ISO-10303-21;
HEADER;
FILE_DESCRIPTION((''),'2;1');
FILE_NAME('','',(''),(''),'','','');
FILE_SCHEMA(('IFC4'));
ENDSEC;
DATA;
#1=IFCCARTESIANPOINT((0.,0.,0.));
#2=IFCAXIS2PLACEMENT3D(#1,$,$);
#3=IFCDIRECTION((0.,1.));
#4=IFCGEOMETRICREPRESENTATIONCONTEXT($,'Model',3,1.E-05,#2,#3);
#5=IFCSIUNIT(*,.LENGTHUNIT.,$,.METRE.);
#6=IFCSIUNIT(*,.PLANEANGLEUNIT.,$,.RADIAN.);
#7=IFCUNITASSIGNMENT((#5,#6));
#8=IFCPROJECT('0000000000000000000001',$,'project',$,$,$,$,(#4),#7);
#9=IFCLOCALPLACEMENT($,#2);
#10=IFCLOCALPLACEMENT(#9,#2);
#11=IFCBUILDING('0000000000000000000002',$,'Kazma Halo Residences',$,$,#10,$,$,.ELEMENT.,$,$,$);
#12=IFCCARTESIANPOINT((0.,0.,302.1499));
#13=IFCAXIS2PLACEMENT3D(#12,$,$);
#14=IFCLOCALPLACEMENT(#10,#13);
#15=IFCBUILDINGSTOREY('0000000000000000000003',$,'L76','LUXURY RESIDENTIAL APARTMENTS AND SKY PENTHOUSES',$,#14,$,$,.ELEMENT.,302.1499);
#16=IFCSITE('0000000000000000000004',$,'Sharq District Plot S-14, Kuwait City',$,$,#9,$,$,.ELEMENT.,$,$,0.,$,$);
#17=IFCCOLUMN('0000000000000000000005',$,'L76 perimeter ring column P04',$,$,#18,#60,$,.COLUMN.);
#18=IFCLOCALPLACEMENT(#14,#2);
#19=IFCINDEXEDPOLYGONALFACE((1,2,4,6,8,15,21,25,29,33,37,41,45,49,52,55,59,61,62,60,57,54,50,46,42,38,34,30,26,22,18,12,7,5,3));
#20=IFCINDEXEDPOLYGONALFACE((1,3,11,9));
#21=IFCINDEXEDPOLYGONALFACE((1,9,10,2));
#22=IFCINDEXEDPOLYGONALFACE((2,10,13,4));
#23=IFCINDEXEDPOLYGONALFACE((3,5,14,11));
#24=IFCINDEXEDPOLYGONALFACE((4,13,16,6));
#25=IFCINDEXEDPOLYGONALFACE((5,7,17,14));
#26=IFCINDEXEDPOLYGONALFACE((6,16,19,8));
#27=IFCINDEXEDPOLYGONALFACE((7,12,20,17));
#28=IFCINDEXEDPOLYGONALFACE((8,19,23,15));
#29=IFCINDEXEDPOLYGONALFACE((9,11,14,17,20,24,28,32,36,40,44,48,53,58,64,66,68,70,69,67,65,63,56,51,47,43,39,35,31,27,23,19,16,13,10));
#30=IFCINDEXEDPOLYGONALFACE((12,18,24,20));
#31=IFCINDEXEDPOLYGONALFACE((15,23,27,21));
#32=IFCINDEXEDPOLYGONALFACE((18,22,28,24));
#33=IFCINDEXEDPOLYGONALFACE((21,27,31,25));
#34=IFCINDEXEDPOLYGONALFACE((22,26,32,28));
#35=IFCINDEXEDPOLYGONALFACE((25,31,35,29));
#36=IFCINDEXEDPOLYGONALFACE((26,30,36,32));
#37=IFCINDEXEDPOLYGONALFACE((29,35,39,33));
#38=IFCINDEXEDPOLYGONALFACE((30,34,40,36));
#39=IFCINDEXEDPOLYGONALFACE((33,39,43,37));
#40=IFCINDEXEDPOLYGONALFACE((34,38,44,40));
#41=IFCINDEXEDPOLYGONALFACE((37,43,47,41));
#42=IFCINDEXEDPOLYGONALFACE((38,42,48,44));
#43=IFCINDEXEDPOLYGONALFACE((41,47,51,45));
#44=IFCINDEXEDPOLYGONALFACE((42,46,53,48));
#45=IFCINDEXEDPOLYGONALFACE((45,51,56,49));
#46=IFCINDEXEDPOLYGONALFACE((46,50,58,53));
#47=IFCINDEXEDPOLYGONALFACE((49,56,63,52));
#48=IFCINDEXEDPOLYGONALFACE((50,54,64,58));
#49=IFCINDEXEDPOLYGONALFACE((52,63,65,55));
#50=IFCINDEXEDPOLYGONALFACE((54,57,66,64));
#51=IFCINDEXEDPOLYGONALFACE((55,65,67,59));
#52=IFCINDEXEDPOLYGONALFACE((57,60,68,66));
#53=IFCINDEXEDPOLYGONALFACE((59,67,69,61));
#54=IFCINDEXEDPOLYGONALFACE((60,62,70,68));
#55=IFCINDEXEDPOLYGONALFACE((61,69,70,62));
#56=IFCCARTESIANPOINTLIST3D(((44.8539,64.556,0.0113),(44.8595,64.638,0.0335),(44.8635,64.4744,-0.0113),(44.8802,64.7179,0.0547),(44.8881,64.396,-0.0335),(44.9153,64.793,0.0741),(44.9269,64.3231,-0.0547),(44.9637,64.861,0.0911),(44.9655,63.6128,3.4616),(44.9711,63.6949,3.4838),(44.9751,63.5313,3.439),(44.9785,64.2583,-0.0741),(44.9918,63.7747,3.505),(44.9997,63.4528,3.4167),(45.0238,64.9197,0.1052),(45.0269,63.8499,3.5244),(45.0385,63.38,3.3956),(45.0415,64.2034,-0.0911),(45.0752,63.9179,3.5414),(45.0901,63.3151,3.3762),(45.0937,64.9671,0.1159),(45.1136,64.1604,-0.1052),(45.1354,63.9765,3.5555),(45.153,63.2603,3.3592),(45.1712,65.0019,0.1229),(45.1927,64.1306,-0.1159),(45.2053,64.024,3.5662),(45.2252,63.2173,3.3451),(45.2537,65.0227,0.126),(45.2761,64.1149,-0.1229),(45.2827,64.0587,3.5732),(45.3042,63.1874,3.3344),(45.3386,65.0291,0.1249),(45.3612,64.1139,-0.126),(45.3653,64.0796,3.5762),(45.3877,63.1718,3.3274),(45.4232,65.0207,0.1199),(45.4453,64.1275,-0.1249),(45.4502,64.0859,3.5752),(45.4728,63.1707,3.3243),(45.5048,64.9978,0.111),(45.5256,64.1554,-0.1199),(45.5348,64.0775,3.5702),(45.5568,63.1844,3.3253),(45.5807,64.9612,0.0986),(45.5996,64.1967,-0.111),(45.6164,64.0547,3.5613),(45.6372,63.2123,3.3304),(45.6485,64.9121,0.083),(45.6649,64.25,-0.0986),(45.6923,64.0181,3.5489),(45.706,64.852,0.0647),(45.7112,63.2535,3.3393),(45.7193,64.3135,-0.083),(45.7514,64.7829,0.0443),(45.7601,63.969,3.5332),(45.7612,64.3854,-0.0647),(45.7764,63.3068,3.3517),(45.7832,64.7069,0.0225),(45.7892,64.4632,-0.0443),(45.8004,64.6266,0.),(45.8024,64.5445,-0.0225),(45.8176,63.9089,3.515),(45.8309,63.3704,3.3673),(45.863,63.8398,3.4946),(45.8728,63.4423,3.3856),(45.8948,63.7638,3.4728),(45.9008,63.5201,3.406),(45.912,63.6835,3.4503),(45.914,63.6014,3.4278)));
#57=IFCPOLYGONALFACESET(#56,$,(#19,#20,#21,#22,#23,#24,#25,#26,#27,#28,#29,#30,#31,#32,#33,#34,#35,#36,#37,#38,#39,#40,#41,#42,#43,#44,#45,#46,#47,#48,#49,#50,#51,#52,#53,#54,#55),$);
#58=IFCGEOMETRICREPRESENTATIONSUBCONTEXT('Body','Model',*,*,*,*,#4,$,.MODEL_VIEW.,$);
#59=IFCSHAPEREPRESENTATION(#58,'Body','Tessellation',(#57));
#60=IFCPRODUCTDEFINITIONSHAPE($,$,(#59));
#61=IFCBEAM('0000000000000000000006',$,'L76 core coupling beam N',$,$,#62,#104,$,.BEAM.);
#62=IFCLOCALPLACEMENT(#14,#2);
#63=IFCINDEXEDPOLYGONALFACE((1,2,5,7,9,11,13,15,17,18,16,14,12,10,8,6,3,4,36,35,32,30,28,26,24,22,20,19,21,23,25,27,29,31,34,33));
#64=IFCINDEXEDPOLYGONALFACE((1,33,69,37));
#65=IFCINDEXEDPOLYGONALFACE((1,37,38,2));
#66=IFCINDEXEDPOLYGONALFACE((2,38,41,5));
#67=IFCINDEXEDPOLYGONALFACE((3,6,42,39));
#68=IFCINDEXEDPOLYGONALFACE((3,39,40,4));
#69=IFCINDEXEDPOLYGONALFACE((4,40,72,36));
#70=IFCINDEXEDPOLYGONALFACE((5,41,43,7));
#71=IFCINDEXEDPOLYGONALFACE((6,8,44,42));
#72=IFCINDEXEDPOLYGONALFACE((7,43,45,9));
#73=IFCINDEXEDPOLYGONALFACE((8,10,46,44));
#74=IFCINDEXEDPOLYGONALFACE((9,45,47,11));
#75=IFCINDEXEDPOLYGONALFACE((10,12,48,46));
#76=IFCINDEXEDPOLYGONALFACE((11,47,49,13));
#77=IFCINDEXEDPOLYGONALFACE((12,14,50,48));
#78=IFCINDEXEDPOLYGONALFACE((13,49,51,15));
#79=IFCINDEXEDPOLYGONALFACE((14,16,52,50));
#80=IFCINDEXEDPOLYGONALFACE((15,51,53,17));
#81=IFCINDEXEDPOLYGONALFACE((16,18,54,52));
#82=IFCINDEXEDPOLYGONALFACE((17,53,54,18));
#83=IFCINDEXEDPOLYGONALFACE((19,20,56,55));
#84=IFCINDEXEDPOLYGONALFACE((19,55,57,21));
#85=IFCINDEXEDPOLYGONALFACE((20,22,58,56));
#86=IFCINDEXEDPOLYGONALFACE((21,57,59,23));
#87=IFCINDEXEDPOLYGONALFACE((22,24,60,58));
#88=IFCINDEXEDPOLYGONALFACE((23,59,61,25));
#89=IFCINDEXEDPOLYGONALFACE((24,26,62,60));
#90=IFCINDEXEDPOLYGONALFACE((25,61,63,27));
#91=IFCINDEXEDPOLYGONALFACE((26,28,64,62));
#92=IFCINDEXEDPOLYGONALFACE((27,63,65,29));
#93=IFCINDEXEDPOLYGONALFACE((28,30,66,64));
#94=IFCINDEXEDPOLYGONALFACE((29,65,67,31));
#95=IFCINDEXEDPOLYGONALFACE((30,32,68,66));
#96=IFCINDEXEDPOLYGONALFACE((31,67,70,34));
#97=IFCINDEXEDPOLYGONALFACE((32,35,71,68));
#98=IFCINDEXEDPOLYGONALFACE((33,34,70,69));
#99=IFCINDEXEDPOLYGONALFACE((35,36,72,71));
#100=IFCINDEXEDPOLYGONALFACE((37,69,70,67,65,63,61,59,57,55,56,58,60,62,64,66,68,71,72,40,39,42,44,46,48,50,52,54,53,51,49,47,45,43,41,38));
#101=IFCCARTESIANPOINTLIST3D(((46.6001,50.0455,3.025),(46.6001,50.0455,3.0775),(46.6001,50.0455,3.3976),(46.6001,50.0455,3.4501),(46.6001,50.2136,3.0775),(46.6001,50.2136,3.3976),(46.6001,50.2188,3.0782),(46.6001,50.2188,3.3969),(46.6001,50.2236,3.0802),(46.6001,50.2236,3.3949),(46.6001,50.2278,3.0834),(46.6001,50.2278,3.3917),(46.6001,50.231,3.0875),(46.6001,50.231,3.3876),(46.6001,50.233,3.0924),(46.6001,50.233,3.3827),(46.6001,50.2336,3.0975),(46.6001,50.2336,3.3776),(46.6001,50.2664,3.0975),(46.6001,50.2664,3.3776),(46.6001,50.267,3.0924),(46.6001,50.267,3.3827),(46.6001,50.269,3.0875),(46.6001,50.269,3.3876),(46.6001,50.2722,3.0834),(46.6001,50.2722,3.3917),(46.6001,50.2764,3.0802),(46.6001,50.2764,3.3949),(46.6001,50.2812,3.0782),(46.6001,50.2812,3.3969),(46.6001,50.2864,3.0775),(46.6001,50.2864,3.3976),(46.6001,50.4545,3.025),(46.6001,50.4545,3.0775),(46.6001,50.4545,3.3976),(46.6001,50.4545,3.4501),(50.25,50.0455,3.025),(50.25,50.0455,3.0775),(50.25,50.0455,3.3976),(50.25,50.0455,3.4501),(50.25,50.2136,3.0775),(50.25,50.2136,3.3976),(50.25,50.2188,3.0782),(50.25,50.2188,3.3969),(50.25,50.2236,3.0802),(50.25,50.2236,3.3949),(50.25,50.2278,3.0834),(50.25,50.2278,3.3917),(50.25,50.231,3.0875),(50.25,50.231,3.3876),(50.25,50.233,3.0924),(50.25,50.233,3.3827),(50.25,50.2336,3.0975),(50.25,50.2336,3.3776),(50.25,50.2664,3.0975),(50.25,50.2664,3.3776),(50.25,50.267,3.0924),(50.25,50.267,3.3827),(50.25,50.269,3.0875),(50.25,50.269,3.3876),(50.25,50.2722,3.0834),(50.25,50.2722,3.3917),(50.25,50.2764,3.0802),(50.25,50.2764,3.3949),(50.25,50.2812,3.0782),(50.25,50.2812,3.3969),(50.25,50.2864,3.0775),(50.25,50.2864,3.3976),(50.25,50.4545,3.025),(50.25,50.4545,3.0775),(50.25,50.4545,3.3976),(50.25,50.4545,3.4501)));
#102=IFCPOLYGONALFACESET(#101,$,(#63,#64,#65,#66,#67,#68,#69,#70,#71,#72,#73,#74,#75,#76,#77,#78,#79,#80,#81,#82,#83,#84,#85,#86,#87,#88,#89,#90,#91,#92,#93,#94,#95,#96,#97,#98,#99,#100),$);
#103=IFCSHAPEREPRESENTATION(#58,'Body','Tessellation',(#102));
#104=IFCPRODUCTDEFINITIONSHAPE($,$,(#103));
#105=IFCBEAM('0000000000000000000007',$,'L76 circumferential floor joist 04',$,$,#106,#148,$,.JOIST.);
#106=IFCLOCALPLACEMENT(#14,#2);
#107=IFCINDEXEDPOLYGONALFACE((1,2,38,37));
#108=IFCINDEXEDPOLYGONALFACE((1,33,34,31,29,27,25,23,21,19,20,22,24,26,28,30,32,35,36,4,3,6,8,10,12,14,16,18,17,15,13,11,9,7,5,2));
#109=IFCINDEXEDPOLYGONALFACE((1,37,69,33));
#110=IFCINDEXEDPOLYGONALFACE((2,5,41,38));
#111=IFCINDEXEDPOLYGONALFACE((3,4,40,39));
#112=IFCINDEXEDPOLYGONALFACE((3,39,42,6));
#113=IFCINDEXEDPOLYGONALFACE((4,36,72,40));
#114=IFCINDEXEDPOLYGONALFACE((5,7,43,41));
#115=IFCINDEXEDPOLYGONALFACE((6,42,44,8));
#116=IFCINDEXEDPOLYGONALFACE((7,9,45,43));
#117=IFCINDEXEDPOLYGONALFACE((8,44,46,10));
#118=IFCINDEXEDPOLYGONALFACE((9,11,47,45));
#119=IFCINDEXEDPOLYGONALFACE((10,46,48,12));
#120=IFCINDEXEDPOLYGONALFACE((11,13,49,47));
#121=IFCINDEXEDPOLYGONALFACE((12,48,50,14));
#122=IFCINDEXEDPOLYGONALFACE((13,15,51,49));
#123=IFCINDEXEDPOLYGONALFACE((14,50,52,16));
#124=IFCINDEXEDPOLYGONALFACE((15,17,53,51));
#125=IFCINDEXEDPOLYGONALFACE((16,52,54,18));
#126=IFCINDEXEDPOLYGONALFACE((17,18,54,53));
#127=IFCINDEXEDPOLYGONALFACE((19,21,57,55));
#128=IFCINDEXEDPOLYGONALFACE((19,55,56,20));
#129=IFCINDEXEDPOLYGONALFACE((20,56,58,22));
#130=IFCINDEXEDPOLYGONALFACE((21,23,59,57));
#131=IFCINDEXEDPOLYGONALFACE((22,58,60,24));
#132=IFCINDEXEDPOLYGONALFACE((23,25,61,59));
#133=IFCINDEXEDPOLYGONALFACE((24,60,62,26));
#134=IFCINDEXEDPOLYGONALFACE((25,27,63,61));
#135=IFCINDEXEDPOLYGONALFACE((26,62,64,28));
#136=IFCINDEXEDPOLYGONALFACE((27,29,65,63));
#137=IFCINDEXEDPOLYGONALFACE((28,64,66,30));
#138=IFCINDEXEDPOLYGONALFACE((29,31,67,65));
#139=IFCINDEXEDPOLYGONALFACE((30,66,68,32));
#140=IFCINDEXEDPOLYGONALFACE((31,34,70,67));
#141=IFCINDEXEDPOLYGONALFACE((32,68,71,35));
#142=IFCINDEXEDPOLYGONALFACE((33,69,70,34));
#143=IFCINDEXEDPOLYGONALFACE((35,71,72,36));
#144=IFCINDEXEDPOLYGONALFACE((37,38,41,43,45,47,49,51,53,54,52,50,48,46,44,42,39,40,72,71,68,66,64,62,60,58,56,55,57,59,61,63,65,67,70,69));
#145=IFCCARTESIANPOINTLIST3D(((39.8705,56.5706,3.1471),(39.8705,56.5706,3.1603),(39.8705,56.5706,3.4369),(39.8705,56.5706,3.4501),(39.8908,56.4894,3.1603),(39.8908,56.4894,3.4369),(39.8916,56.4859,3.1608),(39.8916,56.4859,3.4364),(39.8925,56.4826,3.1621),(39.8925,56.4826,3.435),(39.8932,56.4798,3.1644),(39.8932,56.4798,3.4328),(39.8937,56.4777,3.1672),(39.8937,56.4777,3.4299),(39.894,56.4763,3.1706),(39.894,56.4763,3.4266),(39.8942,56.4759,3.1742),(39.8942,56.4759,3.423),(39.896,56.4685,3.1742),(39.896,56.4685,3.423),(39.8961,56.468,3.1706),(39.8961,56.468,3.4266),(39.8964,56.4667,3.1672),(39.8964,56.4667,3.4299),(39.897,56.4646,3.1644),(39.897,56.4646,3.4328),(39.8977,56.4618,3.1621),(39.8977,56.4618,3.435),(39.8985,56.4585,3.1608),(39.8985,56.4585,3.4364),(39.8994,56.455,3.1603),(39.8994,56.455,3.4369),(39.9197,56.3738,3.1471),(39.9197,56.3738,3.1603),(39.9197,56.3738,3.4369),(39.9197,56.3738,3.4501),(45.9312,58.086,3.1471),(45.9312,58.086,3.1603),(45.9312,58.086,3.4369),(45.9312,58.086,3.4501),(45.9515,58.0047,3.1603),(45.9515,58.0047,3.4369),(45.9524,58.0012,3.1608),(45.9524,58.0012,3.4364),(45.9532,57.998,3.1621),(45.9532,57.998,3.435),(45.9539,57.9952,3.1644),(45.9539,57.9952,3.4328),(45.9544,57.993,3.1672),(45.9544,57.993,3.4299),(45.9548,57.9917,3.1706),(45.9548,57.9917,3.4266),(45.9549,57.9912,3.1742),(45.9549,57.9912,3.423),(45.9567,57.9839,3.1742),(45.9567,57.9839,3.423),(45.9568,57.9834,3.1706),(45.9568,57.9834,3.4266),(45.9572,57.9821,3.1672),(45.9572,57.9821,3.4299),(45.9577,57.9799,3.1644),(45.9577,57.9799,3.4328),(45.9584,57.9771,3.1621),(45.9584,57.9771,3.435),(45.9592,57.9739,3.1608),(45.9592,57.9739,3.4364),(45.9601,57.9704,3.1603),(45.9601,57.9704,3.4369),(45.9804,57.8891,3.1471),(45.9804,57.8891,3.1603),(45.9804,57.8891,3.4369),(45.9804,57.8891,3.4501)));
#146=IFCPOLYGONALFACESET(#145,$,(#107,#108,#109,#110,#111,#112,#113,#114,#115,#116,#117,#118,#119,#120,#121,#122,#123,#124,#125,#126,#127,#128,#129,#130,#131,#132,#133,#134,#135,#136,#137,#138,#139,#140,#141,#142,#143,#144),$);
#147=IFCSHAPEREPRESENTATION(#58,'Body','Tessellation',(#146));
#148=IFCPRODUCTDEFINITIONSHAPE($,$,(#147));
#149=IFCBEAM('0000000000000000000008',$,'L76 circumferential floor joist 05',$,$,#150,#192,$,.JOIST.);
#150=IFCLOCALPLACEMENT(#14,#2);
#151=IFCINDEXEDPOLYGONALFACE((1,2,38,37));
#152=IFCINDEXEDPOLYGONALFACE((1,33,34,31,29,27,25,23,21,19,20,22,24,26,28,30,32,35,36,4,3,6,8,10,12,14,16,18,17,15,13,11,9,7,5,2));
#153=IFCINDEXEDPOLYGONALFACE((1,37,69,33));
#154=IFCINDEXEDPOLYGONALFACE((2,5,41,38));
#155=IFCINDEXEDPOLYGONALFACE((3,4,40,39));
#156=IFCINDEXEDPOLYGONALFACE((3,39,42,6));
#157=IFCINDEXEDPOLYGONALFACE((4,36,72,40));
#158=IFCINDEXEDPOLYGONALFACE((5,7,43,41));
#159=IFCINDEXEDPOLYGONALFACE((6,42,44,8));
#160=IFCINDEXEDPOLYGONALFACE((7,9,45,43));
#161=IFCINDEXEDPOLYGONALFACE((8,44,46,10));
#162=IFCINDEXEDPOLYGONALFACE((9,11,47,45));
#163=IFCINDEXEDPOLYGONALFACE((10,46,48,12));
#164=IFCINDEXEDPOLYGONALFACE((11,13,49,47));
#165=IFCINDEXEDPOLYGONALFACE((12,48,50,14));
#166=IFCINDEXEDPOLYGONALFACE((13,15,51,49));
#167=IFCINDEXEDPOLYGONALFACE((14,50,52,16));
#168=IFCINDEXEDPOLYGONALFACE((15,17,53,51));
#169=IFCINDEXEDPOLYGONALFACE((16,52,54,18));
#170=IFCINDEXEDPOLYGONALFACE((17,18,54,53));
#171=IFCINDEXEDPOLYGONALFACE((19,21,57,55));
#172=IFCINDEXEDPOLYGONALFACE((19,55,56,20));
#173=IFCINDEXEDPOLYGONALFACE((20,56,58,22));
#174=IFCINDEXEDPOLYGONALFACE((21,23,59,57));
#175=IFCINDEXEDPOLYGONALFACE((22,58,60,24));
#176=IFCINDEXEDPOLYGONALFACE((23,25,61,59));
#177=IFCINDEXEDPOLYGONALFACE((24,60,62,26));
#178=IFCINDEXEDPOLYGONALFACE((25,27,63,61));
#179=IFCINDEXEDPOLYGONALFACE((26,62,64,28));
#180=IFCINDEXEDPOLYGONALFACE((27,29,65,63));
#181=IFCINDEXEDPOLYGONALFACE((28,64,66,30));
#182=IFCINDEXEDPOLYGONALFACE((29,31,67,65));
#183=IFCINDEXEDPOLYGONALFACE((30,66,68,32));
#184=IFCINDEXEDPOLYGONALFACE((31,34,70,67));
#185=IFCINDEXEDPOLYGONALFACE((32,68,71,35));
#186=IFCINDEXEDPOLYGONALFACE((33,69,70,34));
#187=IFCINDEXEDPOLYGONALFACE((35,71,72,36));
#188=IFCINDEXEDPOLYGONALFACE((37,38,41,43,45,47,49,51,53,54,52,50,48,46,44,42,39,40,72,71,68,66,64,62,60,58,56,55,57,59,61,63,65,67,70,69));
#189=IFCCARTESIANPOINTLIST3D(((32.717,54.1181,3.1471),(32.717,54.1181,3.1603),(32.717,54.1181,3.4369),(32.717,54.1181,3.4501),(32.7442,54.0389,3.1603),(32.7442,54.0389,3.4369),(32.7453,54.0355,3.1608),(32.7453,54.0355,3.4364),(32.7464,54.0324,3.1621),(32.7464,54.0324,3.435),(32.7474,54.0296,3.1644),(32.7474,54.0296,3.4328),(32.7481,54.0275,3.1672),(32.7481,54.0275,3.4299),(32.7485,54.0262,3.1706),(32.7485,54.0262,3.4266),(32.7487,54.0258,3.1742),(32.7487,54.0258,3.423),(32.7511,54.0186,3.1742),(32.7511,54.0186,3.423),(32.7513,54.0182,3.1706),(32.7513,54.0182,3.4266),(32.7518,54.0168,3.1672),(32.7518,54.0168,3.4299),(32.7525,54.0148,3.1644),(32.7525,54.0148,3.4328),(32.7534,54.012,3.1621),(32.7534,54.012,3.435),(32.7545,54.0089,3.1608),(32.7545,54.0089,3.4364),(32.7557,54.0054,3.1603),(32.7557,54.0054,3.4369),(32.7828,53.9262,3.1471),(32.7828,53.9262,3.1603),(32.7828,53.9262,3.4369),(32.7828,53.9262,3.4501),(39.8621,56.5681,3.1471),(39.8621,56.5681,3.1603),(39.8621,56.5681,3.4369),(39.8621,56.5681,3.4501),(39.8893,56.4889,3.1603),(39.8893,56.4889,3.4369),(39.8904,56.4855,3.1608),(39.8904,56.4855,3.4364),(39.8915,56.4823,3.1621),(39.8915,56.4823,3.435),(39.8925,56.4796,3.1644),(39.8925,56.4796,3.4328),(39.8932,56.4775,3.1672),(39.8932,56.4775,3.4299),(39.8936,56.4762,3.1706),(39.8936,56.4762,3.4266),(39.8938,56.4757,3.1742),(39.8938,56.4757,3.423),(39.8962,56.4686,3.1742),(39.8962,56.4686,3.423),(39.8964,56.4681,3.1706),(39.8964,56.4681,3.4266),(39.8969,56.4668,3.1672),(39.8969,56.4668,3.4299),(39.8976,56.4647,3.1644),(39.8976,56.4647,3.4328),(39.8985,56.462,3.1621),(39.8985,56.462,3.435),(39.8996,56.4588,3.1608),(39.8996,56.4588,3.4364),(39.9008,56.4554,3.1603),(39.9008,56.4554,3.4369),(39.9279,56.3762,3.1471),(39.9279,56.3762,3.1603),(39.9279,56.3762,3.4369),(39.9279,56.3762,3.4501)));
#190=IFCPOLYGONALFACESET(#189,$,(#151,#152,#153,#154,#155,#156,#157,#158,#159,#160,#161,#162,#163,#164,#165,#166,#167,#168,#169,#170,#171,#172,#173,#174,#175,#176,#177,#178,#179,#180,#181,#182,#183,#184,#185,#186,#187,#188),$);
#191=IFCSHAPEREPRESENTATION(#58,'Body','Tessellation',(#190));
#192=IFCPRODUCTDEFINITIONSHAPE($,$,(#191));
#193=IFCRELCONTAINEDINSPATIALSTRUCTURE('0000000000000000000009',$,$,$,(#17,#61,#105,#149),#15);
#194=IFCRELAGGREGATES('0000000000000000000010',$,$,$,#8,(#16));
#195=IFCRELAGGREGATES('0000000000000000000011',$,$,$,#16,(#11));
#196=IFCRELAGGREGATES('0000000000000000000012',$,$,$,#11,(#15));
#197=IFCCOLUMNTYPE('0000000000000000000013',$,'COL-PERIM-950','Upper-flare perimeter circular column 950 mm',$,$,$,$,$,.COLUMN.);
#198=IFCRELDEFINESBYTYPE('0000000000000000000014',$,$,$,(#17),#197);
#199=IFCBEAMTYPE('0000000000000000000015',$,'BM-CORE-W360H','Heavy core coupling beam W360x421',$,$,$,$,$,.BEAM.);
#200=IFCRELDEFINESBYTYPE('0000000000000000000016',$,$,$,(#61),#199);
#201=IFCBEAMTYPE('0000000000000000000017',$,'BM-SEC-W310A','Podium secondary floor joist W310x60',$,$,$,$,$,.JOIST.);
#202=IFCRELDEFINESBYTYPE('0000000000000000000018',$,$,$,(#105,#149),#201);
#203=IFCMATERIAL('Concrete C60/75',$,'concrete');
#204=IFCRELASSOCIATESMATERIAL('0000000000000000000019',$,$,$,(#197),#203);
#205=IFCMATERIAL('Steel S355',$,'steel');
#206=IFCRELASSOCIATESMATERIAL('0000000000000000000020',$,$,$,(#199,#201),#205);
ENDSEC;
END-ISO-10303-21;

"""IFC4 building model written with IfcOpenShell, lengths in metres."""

from ifc_helpers import new_model, si_unit, direction, frame, origin, origin_2d, place, context, subcontext, project, spatial, circle, i_section, extrude, material, material_profile, profile_set, type_object, element, save


model = new_model("IFC4")

# Units and contexts
model_context = context("Model", 3, precision=1e-05, world=origin(), true_north=direction((0.0, 1.0)))
body_context = subcontext(model_context, "Body", "Model", "MODEL_VIEW")
ifc_project = project(units=[si_unit("LENGTHUNIT", "METRE"), si_unit("PLANEANGLEUNIT", "RADIAN")], contexts=[model_context])

# Site, building, storey
site_placement = place(None, origin())
site = spatial("IfcSite", under=ifc_project, at=site_placement, Name="Sharq District Plot S-14, Kuwait City", CompositionType="ELEMENT", RefElevation=0.0)
building_placement = place(site_placement, origin())
building = spatial("IfcBuilding", under=site, at=building_placement, Name="Kazma Halo Residences", CompositionType="ELEMENT")
storey_placement = place(building_placement, frame((0.0, 0.0, 302.1499)))
storey = spatial("IfcBuildingStorey", under=building, at=storey_placement, Name="L76", Description="LUXURY RESIDENTIAL APARTMENTS AND SKY PENTHOUSES", CompositionType="ELEMENT", Elevation=302.1499)

# Column
ifc_material_1 = material(Name="Concrete C60/75", Category="concrete")
ifc_material_profile_1 = material_profile(ifc_material_1, circle(Radius=0.4751, at=origin_2d()), Name="CIRC950")
ifc_profile_set_1 = profile_set([ifc_material_profile_1], Name="Concrete C60/75")
column_type = type_object("IfcColumnType", Name="COL-PERIM-950", Description="Upper-flare perimeter circular column 950 mm", PredefinedType="COLUMN", material=ifc_profile_set_1)
column_placement = place(storey_placement, frame((45.3286, 64.5708, 0.0), z_axis=(0.031178, -0.263549, 0.964142), x_axis=(0.993075, 0.117483, 0.0)))
element("IfcColumn", 1, at=column_placement, inside=storey, type_object=column_type, Name="L76 perimeter ring column P04", PredefinedType="COLUMN", context=body_context, shape_type="SweptSolid", body=[
    extrude(circle(Radius=0.4751, at=origin_2d()), origin(), (0.0, 0.0, 1.0), 3.5786),
])

# Beams
ifc_material_2 = material(Name="Steel S355", Category="steel")
ifc_material_profile_2 = material_profile(ifc_material_2, i_section(OverallWidth=0.4089, OverallDepth=0.425, WebThickness=0.0327, FlangeThickness=0.0525, FilletRadius=0.02, at=origin_2d()), Name="W360x421")
ifc_profile_set_2 = profile_set([ifc_material_profile_2], Name="Steel S355")
beam_type_1 = type_object("IfcBeamType", Name="BM-CORE-W360H", Description="Heavy core coupling beam W360x421", PredefinedType="BEAM", material=ifc_profile_set_2)
beam_1_placement = place(storey_placement, frame((46.6001, 50.25, 3.2375), z_axis=(1.0, 0.0, 0.0), x_axis=(0.0, 1.0, 0.0)))
element("IfcBeam", 2, at=beam_1_placement, inside=storey, type_object=beam_type_1, Name="L76 core coupling beam N", PredefinedType="BEAM", context=body_context, shape_type="SweptSolid", body=[
    extrude(i_section(OverallWidth=0.4089, OverallDepth=0.425, WebThickness=0.0327, FlangeThickness=0.0525, FilletRadius=0.02, at=origin_2d()), origin(), (0.0, 0.0, 1.0), 3.6499),
])
ifc_material_profile_3 = material_profile(ifc_material_2, i_section(OverallWidth=0.2029, OverallDepth=0.303, WebThickness=0.0076, FlangeThickness=0.0132, FilletRadius=0.0139, at=origin_2d()), Name="W310x60")
ifc_profile_set_3 = profile_set([ifc_material_profile_3], Name="Steel S355")
beam_type_2 = type_object("IfcBeamType", Name="BM-SEC-W310A", Description="Podium secondary floor joist W310x60", PredefinedType="JOIST", material=ifc_profile_set_3)
beam_2_placement = place(storey_placement, frame((45.9558, 57.9875, 3.2986), z_axis=(-0.970136, -0.242563, 0.0), x_axis=(0.242563, -0.970136, 0.0)))
element("IfcBeam", 3, at=beam_2_placement, inside=storey, type_object=beam_type_2, Name="L76 circumferential floor joist 04", PredefinedType="JOIST", context=body_context, shape_type="SweptSolid", body=[
    extrude(i_section(OverallWidth=0.2029, OverallDepth=0.303, WebThickness=0.0076, FlangeThickness=0.0132, FilletRadius=0.0139, at=origin_2d()), origin(), (0.0, 0.0, 1.0), 6.2473),
])
beam_3_placement = place(storey_placement, frame((39.895, 56.4722, 3.2986), z_axis=(-0.945937, -0.324352, 0.0), x_axis=(0.324352, -0.945937, 0.0)))
element("IfcBeam", 4, at=beam_3_placement, inside=storey, type_object=beam_type_2, Name="L76 circumferential floor joist 05", PredefinedType="JOIST", context=body_context, shape_type="SweptSolid", body=[
    extrude(i_section(OverallWidth=0.2029, OverallDepth=0.303, WebThickness=0.0076, FlangeThickness=0.0132, FilletRadius=0.0139, at=origin_2d()), origin(), (0.0, 0.0, 1.0), 7.5535),
])

save(model, "model.ifc")
